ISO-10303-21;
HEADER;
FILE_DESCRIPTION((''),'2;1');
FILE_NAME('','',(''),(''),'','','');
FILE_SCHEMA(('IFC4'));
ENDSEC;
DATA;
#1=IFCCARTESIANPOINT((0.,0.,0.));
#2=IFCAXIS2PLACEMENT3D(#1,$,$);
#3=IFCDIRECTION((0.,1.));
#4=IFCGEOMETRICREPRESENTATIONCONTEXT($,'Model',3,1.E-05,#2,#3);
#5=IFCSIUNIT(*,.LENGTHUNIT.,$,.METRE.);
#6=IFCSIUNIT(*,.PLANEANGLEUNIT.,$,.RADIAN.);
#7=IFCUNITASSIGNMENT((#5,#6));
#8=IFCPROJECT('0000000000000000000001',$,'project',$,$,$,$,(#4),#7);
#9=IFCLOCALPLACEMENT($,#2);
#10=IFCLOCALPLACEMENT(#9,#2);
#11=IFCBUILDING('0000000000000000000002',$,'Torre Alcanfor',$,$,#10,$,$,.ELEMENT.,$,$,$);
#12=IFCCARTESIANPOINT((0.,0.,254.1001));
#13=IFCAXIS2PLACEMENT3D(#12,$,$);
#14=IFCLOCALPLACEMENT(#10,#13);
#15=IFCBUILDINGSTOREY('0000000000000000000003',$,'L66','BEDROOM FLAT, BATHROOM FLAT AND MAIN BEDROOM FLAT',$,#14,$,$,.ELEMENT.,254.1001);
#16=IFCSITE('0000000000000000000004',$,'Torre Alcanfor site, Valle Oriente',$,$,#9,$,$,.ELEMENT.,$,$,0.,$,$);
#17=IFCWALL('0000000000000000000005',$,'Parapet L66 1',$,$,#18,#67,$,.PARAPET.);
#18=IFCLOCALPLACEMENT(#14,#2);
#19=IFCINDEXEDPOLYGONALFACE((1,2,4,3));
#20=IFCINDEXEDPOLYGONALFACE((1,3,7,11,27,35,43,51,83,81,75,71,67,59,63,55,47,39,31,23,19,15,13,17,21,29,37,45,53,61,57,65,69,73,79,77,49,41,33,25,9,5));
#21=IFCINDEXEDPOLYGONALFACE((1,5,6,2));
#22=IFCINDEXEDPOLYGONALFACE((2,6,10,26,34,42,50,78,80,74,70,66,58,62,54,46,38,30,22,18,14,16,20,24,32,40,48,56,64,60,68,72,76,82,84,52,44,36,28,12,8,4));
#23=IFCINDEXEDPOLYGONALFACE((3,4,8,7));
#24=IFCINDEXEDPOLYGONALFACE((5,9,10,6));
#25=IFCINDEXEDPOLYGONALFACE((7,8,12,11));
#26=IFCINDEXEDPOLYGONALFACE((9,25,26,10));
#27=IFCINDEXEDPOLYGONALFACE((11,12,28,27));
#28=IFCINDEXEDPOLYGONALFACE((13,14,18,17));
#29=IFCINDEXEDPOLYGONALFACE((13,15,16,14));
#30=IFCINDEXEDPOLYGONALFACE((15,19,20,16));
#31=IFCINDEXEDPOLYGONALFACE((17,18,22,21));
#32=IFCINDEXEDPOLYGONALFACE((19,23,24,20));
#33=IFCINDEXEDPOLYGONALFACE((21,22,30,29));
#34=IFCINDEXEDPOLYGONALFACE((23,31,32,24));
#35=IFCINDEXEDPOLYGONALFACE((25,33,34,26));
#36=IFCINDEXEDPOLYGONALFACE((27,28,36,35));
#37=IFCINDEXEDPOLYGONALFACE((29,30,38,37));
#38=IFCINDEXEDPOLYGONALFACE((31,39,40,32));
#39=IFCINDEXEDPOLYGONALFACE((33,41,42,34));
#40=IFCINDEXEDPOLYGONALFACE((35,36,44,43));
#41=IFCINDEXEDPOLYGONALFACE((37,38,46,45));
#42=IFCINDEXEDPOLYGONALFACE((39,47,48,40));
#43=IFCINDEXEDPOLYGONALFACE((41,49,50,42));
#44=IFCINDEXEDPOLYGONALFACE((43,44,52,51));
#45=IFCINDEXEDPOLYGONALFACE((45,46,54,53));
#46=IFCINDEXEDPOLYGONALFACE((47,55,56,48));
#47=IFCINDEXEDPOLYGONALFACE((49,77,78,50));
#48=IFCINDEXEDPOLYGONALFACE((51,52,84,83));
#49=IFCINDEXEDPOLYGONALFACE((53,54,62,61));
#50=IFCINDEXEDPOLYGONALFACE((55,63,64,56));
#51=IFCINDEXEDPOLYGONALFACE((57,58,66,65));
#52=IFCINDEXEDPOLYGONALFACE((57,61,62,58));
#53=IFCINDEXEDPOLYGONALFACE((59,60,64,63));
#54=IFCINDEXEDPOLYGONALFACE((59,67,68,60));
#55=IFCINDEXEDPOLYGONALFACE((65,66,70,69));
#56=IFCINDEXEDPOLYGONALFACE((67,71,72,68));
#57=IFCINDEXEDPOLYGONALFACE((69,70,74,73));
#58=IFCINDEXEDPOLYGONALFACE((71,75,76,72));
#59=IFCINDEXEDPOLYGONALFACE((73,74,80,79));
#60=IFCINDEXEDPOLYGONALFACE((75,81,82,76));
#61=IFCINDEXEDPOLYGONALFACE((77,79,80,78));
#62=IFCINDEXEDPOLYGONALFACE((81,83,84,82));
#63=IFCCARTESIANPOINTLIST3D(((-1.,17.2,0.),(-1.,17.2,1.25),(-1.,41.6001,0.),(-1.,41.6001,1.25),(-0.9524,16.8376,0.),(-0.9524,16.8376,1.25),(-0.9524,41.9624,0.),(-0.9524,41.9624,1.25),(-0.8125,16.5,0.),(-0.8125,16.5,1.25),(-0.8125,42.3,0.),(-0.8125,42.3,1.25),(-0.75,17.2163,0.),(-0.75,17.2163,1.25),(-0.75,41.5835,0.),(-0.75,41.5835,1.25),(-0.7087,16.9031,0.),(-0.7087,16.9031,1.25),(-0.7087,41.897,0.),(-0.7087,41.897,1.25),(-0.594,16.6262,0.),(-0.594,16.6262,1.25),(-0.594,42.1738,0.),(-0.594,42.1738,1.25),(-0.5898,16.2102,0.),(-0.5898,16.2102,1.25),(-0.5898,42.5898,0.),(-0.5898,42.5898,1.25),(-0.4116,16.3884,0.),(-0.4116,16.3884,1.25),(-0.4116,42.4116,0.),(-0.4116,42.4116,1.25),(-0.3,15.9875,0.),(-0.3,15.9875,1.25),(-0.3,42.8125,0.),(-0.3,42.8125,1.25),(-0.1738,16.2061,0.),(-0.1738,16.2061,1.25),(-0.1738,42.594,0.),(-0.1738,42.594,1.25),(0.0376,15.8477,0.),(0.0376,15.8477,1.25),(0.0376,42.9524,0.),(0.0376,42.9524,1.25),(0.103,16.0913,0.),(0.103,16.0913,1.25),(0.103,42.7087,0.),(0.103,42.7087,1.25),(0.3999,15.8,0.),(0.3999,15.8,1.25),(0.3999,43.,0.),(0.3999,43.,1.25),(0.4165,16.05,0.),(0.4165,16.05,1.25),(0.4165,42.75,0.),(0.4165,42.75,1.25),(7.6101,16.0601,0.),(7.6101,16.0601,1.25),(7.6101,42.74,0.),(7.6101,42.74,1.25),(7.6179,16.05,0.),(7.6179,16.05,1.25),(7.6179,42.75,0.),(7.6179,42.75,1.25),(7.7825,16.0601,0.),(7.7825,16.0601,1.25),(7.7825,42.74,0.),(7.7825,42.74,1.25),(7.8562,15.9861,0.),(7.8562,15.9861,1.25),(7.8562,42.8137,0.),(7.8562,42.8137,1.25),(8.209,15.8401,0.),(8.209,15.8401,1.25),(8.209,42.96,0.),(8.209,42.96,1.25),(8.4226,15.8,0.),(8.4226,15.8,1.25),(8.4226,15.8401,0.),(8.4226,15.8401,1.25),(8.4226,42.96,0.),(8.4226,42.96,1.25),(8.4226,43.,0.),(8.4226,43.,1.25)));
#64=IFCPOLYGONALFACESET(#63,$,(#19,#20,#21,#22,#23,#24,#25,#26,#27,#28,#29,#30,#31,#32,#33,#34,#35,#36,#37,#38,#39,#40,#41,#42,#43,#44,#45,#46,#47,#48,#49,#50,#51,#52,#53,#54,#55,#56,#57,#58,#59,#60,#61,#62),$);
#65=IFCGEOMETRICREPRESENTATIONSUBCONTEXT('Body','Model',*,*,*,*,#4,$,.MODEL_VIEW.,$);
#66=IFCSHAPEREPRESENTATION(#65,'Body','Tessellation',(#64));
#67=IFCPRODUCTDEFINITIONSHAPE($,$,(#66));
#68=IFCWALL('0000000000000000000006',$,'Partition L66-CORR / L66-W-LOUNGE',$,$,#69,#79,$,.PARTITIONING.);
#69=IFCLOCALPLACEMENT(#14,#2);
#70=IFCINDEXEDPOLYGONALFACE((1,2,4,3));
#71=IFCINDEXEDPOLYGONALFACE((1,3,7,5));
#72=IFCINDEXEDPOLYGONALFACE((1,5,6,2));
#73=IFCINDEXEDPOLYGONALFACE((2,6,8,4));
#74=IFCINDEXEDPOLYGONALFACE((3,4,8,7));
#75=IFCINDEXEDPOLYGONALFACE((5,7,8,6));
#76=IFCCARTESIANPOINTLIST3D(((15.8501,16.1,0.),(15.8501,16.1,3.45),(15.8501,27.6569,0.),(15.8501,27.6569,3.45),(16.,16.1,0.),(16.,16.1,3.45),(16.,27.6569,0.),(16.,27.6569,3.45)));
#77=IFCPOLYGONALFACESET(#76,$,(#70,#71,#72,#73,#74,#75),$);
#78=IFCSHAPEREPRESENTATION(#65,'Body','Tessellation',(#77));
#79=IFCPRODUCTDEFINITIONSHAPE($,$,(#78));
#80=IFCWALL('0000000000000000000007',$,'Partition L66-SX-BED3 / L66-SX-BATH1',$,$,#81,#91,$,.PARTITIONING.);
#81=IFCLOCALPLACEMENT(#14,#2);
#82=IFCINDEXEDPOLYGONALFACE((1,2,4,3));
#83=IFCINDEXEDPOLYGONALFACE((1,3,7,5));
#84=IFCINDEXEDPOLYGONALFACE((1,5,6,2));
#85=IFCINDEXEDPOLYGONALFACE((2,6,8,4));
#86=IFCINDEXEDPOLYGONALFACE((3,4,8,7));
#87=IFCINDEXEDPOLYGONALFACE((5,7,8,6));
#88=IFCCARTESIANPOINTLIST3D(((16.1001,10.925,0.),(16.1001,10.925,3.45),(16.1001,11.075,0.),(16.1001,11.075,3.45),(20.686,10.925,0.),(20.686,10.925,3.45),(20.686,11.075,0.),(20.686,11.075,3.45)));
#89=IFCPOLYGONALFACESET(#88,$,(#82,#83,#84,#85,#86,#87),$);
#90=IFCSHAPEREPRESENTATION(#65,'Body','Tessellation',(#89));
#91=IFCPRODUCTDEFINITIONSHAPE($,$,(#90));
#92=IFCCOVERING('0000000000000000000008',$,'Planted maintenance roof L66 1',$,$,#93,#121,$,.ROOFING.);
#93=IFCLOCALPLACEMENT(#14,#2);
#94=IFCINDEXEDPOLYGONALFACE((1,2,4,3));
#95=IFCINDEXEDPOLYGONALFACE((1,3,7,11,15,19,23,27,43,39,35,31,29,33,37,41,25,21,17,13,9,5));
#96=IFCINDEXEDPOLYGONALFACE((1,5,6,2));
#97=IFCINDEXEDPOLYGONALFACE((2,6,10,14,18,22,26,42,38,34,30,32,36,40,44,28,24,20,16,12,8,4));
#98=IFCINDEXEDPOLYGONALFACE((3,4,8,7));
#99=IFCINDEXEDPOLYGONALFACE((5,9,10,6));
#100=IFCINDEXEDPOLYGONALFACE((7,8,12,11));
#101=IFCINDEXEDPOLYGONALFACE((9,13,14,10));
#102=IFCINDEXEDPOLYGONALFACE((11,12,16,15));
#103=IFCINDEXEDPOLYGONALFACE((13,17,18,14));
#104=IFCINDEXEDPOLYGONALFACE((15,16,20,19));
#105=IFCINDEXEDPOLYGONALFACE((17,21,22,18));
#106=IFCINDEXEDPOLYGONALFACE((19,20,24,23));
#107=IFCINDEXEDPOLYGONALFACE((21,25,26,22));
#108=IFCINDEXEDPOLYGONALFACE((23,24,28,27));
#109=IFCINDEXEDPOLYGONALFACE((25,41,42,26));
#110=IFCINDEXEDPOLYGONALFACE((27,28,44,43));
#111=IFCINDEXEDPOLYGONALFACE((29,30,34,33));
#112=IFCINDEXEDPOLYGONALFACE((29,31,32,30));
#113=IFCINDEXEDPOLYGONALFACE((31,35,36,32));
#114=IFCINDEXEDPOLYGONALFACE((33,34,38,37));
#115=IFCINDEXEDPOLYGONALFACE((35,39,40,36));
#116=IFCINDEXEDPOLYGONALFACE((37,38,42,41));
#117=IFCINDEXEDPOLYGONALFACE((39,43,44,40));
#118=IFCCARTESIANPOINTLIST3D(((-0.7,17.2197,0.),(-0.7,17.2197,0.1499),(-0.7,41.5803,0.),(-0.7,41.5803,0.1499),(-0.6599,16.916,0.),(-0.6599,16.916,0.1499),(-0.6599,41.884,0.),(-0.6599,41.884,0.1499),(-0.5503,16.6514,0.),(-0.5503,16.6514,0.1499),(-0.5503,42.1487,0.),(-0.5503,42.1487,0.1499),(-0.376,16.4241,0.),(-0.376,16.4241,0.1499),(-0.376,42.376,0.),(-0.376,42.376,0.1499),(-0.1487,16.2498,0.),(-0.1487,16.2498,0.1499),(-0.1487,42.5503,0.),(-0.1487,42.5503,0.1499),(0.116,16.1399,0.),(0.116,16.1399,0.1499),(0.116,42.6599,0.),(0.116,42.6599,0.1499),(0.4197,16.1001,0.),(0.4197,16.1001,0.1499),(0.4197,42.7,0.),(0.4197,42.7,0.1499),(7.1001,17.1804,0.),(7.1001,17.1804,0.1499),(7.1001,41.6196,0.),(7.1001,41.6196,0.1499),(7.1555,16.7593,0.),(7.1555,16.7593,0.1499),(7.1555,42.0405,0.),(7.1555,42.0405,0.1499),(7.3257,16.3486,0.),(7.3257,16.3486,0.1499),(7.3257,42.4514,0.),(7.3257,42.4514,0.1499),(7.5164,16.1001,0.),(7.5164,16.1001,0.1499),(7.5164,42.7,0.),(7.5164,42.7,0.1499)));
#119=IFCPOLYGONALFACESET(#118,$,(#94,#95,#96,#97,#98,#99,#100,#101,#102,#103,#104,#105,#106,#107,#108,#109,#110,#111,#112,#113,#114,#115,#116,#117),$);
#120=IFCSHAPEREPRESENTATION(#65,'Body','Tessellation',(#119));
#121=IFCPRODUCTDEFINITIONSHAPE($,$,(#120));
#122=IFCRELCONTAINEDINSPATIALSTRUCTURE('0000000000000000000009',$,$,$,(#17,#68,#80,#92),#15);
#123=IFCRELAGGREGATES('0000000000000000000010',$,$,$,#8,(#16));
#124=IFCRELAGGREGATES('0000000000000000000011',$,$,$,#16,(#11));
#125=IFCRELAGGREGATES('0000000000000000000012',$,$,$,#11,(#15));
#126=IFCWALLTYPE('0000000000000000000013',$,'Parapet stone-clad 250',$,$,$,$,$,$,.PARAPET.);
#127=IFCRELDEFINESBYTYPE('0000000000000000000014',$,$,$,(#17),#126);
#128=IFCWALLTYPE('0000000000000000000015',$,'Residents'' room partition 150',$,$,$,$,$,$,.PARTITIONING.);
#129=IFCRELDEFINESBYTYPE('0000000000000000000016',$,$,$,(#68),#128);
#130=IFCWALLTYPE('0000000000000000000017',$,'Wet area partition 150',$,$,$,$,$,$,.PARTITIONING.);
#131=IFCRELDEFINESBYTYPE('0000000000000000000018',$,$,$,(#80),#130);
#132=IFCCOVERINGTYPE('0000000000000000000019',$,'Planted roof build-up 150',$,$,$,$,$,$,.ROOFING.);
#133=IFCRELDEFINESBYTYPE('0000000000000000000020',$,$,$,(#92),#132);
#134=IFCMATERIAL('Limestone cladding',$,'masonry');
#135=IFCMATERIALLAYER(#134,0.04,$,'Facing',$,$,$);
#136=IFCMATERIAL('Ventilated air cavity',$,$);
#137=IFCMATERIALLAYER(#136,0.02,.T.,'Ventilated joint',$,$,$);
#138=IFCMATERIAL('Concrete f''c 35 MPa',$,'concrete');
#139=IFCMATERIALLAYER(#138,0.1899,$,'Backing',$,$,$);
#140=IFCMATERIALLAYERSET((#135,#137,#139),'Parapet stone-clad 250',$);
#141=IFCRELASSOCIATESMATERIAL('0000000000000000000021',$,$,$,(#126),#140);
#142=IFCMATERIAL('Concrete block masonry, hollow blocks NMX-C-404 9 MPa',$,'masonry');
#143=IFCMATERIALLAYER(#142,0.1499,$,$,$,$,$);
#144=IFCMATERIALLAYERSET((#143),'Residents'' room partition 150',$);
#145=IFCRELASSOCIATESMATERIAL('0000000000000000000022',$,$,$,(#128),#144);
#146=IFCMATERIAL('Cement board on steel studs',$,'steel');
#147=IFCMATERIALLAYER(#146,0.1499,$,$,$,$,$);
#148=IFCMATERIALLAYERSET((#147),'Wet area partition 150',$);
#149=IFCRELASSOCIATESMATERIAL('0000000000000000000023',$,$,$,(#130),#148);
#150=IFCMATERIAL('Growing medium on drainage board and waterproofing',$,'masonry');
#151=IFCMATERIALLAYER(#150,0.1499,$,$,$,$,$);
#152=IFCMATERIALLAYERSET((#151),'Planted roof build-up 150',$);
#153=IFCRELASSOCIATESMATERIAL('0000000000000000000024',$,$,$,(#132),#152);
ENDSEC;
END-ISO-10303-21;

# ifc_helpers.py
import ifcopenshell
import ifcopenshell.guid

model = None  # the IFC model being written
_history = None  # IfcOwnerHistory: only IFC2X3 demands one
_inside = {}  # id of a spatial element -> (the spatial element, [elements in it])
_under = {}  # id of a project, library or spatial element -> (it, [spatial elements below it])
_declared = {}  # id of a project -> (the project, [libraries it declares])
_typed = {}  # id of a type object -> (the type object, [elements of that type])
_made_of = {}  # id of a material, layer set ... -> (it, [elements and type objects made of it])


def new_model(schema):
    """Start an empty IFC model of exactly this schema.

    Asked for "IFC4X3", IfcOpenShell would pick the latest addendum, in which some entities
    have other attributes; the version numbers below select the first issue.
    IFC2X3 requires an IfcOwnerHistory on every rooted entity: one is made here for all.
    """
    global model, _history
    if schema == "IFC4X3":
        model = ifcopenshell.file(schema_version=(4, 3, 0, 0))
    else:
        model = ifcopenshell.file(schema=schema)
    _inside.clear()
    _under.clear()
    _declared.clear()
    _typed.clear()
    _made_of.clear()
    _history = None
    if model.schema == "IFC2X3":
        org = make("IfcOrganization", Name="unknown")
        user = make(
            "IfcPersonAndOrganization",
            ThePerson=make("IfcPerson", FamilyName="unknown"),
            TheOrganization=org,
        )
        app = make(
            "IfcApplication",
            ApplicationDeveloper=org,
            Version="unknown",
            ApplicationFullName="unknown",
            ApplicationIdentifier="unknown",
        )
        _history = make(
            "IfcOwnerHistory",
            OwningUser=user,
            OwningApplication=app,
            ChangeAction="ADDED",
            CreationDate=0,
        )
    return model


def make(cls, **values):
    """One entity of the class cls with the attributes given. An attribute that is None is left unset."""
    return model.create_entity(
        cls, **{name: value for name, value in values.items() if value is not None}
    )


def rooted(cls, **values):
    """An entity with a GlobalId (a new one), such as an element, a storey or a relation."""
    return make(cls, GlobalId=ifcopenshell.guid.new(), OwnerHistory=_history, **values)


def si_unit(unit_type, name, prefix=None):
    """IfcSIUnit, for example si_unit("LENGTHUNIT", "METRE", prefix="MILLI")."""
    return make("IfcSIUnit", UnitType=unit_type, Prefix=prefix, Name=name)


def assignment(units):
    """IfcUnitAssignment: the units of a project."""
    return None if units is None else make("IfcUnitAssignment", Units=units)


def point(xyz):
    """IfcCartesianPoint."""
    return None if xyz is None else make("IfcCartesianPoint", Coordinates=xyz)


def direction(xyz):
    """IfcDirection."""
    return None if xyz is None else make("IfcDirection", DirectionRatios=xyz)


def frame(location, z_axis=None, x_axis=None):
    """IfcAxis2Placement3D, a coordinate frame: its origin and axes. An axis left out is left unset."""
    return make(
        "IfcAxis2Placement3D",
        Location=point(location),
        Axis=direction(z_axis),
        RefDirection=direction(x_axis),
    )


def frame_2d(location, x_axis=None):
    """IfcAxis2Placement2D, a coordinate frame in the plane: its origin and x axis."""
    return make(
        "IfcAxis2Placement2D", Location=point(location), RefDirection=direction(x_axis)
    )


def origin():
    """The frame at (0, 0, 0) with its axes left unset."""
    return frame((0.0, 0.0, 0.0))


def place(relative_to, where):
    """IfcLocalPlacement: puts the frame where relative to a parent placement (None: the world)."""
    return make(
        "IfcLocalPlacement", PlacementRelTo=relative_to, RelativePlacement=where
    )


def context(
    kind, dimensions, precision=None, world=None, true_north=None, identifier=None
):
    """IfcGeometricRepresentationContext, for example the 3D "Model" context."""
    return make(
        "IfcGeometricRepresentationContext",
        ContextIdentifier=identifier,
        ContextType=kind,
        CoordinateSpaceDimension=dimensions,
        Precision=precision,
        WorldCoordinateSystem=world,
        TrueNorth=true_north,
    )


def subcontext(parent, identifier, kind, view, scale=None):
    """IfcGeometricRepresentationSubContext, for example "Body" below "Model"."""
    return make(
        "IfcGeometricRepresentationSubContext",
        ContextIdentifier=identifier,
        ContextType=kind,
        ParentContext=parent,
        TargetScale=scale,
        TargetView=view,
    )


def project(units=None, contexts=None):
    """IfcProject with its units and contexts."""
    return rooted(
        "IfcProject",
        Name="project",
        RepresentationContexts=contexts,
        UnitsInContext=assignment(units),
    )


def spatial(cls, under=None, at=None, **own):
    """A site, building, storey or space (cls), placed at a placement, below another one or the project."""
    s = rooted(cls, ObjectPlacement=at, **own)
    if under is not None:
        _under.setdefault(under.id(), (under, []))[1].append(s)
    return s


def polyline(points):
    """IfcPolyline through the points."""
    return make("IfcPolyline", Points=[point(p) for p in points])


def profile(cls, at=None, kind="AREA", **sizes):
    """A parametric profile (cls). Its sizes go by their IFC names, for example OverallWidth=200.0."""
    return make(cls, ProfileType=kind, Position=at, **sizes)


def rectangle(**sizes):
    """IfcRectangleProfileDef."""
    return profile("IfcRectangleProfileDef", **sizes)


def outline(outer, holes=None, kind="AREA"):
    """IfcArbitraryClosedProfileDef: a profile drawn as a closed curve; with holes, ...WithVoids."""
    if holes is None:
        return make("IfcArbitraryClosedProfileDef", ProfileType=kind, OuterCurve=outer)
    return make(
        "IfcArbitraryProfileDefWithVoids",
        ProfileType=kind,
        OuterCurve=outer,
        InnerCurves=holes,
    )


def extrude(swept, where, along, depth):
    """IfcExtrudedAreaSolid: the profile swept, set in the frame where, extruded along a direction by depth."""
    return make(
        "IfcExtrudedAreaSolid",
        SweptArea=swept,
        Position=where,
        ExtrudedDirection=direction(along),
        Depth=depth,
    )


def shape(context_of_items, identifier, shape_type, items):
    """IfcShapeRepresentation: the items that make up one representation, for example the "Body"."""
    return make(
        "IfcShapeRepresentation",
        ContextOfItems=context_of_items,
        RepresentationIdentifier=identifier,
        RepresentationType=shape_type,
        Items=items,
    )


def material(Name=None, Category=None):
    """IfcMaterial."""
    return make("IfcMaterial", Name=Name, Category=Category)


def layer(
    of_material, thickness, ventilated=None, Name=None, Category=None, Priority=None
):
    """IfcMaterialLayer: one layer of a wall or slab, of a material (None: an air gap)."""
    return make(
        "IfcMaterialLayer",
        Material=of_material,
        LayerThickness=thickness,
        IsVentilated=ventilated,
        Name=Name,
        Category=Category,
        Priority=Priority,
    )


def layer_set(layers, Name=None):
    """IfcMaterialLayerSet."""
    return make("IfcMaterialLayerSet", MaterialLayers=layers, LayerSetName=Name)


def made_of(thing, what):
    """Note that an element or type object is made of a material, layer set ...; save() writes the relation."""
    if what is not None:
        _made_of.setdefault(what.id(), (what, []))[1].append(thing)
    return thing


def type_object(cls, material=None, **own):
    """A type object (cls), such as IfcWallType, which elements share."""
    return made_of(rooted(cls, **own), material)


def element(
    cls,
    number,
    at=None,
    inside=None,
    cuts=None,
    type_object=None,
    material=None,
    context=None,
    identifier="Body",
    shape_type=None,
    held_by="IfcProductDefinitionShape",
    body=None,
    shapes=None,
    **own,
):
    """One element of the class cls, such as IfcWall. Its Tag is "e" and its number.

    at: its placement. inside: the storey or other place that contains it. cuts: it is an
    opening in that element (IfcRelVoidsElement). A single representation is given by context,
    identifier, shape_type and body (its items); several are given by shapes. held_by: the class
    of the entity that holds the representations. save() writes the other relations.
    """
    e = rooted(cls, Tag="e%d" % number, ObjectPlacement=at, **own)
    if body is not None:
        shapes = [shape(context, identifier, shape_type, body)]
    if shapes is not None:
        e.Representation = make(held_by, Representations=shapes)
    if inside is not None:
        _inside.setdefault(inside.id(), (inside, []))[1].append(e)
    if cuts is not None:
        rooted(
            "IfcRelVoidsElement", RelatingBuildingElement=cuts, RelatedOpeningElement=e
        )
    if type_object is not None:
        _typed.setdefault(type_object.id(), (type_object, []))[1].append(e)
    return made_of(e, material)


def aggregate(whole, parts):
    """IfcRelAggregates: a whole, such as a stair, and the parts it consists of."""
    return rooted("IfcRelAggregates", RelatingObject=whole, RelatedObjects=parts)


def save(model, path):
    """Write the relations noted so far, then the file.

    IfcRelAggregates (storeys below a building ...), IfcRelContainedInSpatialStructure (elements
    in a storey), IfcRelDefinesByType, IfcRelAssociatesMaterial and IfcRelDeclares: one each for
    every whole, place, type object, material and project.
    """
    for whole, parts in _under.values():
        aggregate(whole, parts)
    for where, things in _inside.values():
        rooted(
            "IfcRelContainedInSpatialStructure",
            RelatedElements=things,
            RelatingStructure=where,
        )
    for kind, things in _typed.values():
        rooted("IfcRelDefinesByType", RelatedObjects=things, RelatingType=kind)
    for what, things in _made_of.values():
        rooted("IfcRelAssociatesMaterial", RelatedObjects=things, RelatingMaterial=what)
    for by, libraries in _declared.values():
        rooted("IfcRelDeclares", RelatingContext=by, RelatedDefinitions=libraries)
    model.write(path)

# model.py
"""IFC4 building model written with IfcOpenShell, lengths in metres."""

from ifc_helpers import new_model, si_unit, direction, frame, frame_2d, origin, place, context, subcontext, project, spatial, polyline, rectangle, outline, extrude, material, layer, layer_set, type_object, element, save


model = new_model("IFC4")

# Units and contexts
model_context = context("Model", 3, precision=1e-05, world=origin(), true_north=direction((0.0, 1.0)))
body_context = subcontext(model_context, "Body", "Model", "MODEL_VIEW")
ifc_project = project(units=[si_unit("LENGTHUNIT", "METRE"), si_unit("PLANEANGLEUNIT", "RADIAN")], contexts=[model_context])

# Site, building, storey
site_placement = place(None, origin())
site = spatial("IfcSite", under=ifc_project, at=site_placement, Name="Torre Alcanfor site, Valle Oriente", CompositionType="ELEMENT", RefElevation=0.0)
building_placement = place(site_placement, origin())
building = spatial("IfcBuilding", under=site, at=building_placement, Name="Torre Alcanfor", CompositionType="ELEMENT")
storey_placement = place(building_placement, frame((0.0, 0.0, 254.1001)))
storey = spatial("IfcBuildingStorey", under=building, at=storey_placement, Name="L66", Description="BEDROOM FLAT, BATHROOM FLAT AND MAIN BEDROOM FLAT", CompositionType="ELEMENT", Elevation=254.1001)

# Shared definitions
ifc_material_1 = material(Name="Limestone cladding", Category="masonry")
ifc_material_2 = material(Name="Ventilated air cavity")
ifc_material_3 = material(Name="Concrete f'c 35 MPa", Category="concrete")

# Walls
ifc_layer_1 = layer(ifc_material_1, 0.04, Name="Facing")
ifc_layer_2 = layer(ifc_material_2, 0.02, ventilated=True, Name="Ventilated joint")
ifc_layer_3 = layer(ifc_material_3, 0.1899, Name="Backing")
ifc_layer_set_1 = layer_set([ifc_layer_1, ifc_layer_2, ifc_layer_3], Name="Parapet stone-clad 250")
wall_type_1 = type_object("IfcWallType", Name="Parapet stone-clad 250", PredefinedType="PARAPET", material=ifc_layer_set_1)
wall_1_placement = place(storey_placement, origin())
element("IfcWall", 1, at=wall_1_placement, inside=storey, type_object=wall_type_1, Name="Parapet L66 1", PredefinedType="PARAPET", context=body_context, shape_type="SweptSolid", body=[
    extrude(outline(polyline([(-0.3, 15.9875), (-0.5898, 16.2102), (-0.8125, 16.5), (-0.9524, 16.8376), (-1.0, 17.2), (-1.0, 41.6001), (-0.9524, 41.9624), (-0.8125, 42.3), (-0.5898, 42.5898), (-0.3, 42.8125), (0.0376, 42.9524), (0.3999, 43.0), (8.4226, 43.0), (8.4226, 42.96), (8.209, 42.96), (7.8562, 42.8137), (7.7825, 42.74), (7.6101, 42.74), (7.6179, 42.75), (0.4165, 42.75), (0.103, 42.7087), (-0.1738, 42.594), (-0.4116, 42.4116), (-0.594, 42.1738), (-0.7087, 41.897), (-0.75, 41.5835), (-0.75, 17.2163), (-0.7087, 16.9031), (-0.594, 16.6262), (-0.4116, 16.3884), (-0.1738, 16.2061), (0.103, 16.0913), (0.4165, 16.05), (7.6179, 16.05), (7.6101, 16.0601), (7.7825, 16.0601), (7.8562, 15.9861), (8.209, 15.8401), (8.4226, 15.8401), (8.4226, 15.8), (0.3999, 15.8), (0.0376, 15.8477), (-0.3, 15.9875)])), origin(), (0.0, 0.0, 1.0), 1.25),
])
ifc_material_4 = material(Name="Concrete block masonry, hollow blocks NMX-C-404 9 MPa", Category="masonry")
ifc_layer_4 = layer(ifc_material_4, 0.1499)
ifc_layer_set_2 = layer_set([ifc_layer_4], Name="Residents' room partition 150")
wall_type_2 = type_object("IfcWallType", Name="Residents' room partition 150", PredefinedType="PARTITIONING", material=ifc_layer_set_2)
wall_2_placement = place(storey_placement, frame((15.925, 16.1001, 0.0), z_axis=(0.0, 0.0, 1.0), x_axis=(0.0, 1.0, 0.0)))
element("IfcWall", 2, at=wall_2_placement, inside=storey, type_object=wall_type_2, Name="Partition L66-CORR / L66-W-LOUNGE", PredefinedType="PARTITIONING", context=body_context, shape_type="SweptSolid", body=[
    extrude(rectangle(XDim=11.5569, YDim=0.1499, at=frame_2d((5.7783, 0.0))), origin(), (0.0, 0.0, 1.0), 3.45),
])
ifc_material_5 = material(Name="Cement board on steel studs", Category="steel")
ifc_layer_5 = layer(ifc_material_5, 0.1499)
ifc_layer_set_3 = layer_set([ifc_layer_5], Name="Wet area partition 150")
wall_type_3 = type_object("IfcWallType", Name="Wet area partition 150", PredefinedType="PARTITIONING", material=ifc_layer_set_3)
wall_3_placement = place(storey_placement, frame((16.1001, 11.0, 0.0), z_axis=(0.0, 0.0, 1.0), x_axis=(1.0, 0.0, 0.0)))
element("IfcWall", 3, at=wall_3_placement, inside=storey, type_object=wall_type_3, Name="Partition L66-SX-BED3 / L66-SX-BATH1", PredefinedType="PARTITIONING", context=body_context, shape_type="SweptSolid", body=[
    extrude(rectangle(XDim=4.5859, YDim=0.1499, at=frame_2d((2.293, 0.0))), origin(), (0.0, 0.0, 1.0), 3.45),
])

# Covering
ifc_material_6 = material(Name="Growing medium on drainage board and waterproofing", Category="masonry")
ifc_layer_6 = layer(ifc_material_6, 0.1499)
ifc_layer_set_4 = layer_set([ifc_layer_6], Name="Planted roof build-up 150")
covering_type = type_object("IfcCoveringType", Name="Planted roof build-up 150", PredefinedType="ROOFING", material=ifc_layer_set_4)
covering_placement = place(storey_placement, origin())
element("IfcCovering", 4, at=covering_placement, inside=storey, type_object=covering_type, Name="Planted maintenance roof L66 1", PredefinedType="ROOFING", context=body_context, shape_type="SweptSolid", body=[
    extrude(outline(polyline([(7.5164, 16.1001), (0.4197, 16.1001), (0.116, 16.1399), (-0.1487, 16.2498), (-0.376, 16.4241), (-0.5503, 16.6514), (-0.6599, 16.916), (-0.7, 17.2197), (-0.7, 41.5803), (-0.6599, 41.884), (-0.5503, 42.1487), (-0.376, 42.376), (-0.1487, 42.5503), (0.116, 42.6599), (0.4197, 42.7), (7.5164, 42.7), (7.3257, 42.4514), (7.1555, 42.0405), (7.1001, 41.6196), (7.1001, 17.1804), (7.1555, 16.7593), (7.3257, 16.3486), (7.5164, 16.1001)])), origin(), (0.0, 0.0, 1.0), 0.1499),
])

save(model, "model.ifc")
